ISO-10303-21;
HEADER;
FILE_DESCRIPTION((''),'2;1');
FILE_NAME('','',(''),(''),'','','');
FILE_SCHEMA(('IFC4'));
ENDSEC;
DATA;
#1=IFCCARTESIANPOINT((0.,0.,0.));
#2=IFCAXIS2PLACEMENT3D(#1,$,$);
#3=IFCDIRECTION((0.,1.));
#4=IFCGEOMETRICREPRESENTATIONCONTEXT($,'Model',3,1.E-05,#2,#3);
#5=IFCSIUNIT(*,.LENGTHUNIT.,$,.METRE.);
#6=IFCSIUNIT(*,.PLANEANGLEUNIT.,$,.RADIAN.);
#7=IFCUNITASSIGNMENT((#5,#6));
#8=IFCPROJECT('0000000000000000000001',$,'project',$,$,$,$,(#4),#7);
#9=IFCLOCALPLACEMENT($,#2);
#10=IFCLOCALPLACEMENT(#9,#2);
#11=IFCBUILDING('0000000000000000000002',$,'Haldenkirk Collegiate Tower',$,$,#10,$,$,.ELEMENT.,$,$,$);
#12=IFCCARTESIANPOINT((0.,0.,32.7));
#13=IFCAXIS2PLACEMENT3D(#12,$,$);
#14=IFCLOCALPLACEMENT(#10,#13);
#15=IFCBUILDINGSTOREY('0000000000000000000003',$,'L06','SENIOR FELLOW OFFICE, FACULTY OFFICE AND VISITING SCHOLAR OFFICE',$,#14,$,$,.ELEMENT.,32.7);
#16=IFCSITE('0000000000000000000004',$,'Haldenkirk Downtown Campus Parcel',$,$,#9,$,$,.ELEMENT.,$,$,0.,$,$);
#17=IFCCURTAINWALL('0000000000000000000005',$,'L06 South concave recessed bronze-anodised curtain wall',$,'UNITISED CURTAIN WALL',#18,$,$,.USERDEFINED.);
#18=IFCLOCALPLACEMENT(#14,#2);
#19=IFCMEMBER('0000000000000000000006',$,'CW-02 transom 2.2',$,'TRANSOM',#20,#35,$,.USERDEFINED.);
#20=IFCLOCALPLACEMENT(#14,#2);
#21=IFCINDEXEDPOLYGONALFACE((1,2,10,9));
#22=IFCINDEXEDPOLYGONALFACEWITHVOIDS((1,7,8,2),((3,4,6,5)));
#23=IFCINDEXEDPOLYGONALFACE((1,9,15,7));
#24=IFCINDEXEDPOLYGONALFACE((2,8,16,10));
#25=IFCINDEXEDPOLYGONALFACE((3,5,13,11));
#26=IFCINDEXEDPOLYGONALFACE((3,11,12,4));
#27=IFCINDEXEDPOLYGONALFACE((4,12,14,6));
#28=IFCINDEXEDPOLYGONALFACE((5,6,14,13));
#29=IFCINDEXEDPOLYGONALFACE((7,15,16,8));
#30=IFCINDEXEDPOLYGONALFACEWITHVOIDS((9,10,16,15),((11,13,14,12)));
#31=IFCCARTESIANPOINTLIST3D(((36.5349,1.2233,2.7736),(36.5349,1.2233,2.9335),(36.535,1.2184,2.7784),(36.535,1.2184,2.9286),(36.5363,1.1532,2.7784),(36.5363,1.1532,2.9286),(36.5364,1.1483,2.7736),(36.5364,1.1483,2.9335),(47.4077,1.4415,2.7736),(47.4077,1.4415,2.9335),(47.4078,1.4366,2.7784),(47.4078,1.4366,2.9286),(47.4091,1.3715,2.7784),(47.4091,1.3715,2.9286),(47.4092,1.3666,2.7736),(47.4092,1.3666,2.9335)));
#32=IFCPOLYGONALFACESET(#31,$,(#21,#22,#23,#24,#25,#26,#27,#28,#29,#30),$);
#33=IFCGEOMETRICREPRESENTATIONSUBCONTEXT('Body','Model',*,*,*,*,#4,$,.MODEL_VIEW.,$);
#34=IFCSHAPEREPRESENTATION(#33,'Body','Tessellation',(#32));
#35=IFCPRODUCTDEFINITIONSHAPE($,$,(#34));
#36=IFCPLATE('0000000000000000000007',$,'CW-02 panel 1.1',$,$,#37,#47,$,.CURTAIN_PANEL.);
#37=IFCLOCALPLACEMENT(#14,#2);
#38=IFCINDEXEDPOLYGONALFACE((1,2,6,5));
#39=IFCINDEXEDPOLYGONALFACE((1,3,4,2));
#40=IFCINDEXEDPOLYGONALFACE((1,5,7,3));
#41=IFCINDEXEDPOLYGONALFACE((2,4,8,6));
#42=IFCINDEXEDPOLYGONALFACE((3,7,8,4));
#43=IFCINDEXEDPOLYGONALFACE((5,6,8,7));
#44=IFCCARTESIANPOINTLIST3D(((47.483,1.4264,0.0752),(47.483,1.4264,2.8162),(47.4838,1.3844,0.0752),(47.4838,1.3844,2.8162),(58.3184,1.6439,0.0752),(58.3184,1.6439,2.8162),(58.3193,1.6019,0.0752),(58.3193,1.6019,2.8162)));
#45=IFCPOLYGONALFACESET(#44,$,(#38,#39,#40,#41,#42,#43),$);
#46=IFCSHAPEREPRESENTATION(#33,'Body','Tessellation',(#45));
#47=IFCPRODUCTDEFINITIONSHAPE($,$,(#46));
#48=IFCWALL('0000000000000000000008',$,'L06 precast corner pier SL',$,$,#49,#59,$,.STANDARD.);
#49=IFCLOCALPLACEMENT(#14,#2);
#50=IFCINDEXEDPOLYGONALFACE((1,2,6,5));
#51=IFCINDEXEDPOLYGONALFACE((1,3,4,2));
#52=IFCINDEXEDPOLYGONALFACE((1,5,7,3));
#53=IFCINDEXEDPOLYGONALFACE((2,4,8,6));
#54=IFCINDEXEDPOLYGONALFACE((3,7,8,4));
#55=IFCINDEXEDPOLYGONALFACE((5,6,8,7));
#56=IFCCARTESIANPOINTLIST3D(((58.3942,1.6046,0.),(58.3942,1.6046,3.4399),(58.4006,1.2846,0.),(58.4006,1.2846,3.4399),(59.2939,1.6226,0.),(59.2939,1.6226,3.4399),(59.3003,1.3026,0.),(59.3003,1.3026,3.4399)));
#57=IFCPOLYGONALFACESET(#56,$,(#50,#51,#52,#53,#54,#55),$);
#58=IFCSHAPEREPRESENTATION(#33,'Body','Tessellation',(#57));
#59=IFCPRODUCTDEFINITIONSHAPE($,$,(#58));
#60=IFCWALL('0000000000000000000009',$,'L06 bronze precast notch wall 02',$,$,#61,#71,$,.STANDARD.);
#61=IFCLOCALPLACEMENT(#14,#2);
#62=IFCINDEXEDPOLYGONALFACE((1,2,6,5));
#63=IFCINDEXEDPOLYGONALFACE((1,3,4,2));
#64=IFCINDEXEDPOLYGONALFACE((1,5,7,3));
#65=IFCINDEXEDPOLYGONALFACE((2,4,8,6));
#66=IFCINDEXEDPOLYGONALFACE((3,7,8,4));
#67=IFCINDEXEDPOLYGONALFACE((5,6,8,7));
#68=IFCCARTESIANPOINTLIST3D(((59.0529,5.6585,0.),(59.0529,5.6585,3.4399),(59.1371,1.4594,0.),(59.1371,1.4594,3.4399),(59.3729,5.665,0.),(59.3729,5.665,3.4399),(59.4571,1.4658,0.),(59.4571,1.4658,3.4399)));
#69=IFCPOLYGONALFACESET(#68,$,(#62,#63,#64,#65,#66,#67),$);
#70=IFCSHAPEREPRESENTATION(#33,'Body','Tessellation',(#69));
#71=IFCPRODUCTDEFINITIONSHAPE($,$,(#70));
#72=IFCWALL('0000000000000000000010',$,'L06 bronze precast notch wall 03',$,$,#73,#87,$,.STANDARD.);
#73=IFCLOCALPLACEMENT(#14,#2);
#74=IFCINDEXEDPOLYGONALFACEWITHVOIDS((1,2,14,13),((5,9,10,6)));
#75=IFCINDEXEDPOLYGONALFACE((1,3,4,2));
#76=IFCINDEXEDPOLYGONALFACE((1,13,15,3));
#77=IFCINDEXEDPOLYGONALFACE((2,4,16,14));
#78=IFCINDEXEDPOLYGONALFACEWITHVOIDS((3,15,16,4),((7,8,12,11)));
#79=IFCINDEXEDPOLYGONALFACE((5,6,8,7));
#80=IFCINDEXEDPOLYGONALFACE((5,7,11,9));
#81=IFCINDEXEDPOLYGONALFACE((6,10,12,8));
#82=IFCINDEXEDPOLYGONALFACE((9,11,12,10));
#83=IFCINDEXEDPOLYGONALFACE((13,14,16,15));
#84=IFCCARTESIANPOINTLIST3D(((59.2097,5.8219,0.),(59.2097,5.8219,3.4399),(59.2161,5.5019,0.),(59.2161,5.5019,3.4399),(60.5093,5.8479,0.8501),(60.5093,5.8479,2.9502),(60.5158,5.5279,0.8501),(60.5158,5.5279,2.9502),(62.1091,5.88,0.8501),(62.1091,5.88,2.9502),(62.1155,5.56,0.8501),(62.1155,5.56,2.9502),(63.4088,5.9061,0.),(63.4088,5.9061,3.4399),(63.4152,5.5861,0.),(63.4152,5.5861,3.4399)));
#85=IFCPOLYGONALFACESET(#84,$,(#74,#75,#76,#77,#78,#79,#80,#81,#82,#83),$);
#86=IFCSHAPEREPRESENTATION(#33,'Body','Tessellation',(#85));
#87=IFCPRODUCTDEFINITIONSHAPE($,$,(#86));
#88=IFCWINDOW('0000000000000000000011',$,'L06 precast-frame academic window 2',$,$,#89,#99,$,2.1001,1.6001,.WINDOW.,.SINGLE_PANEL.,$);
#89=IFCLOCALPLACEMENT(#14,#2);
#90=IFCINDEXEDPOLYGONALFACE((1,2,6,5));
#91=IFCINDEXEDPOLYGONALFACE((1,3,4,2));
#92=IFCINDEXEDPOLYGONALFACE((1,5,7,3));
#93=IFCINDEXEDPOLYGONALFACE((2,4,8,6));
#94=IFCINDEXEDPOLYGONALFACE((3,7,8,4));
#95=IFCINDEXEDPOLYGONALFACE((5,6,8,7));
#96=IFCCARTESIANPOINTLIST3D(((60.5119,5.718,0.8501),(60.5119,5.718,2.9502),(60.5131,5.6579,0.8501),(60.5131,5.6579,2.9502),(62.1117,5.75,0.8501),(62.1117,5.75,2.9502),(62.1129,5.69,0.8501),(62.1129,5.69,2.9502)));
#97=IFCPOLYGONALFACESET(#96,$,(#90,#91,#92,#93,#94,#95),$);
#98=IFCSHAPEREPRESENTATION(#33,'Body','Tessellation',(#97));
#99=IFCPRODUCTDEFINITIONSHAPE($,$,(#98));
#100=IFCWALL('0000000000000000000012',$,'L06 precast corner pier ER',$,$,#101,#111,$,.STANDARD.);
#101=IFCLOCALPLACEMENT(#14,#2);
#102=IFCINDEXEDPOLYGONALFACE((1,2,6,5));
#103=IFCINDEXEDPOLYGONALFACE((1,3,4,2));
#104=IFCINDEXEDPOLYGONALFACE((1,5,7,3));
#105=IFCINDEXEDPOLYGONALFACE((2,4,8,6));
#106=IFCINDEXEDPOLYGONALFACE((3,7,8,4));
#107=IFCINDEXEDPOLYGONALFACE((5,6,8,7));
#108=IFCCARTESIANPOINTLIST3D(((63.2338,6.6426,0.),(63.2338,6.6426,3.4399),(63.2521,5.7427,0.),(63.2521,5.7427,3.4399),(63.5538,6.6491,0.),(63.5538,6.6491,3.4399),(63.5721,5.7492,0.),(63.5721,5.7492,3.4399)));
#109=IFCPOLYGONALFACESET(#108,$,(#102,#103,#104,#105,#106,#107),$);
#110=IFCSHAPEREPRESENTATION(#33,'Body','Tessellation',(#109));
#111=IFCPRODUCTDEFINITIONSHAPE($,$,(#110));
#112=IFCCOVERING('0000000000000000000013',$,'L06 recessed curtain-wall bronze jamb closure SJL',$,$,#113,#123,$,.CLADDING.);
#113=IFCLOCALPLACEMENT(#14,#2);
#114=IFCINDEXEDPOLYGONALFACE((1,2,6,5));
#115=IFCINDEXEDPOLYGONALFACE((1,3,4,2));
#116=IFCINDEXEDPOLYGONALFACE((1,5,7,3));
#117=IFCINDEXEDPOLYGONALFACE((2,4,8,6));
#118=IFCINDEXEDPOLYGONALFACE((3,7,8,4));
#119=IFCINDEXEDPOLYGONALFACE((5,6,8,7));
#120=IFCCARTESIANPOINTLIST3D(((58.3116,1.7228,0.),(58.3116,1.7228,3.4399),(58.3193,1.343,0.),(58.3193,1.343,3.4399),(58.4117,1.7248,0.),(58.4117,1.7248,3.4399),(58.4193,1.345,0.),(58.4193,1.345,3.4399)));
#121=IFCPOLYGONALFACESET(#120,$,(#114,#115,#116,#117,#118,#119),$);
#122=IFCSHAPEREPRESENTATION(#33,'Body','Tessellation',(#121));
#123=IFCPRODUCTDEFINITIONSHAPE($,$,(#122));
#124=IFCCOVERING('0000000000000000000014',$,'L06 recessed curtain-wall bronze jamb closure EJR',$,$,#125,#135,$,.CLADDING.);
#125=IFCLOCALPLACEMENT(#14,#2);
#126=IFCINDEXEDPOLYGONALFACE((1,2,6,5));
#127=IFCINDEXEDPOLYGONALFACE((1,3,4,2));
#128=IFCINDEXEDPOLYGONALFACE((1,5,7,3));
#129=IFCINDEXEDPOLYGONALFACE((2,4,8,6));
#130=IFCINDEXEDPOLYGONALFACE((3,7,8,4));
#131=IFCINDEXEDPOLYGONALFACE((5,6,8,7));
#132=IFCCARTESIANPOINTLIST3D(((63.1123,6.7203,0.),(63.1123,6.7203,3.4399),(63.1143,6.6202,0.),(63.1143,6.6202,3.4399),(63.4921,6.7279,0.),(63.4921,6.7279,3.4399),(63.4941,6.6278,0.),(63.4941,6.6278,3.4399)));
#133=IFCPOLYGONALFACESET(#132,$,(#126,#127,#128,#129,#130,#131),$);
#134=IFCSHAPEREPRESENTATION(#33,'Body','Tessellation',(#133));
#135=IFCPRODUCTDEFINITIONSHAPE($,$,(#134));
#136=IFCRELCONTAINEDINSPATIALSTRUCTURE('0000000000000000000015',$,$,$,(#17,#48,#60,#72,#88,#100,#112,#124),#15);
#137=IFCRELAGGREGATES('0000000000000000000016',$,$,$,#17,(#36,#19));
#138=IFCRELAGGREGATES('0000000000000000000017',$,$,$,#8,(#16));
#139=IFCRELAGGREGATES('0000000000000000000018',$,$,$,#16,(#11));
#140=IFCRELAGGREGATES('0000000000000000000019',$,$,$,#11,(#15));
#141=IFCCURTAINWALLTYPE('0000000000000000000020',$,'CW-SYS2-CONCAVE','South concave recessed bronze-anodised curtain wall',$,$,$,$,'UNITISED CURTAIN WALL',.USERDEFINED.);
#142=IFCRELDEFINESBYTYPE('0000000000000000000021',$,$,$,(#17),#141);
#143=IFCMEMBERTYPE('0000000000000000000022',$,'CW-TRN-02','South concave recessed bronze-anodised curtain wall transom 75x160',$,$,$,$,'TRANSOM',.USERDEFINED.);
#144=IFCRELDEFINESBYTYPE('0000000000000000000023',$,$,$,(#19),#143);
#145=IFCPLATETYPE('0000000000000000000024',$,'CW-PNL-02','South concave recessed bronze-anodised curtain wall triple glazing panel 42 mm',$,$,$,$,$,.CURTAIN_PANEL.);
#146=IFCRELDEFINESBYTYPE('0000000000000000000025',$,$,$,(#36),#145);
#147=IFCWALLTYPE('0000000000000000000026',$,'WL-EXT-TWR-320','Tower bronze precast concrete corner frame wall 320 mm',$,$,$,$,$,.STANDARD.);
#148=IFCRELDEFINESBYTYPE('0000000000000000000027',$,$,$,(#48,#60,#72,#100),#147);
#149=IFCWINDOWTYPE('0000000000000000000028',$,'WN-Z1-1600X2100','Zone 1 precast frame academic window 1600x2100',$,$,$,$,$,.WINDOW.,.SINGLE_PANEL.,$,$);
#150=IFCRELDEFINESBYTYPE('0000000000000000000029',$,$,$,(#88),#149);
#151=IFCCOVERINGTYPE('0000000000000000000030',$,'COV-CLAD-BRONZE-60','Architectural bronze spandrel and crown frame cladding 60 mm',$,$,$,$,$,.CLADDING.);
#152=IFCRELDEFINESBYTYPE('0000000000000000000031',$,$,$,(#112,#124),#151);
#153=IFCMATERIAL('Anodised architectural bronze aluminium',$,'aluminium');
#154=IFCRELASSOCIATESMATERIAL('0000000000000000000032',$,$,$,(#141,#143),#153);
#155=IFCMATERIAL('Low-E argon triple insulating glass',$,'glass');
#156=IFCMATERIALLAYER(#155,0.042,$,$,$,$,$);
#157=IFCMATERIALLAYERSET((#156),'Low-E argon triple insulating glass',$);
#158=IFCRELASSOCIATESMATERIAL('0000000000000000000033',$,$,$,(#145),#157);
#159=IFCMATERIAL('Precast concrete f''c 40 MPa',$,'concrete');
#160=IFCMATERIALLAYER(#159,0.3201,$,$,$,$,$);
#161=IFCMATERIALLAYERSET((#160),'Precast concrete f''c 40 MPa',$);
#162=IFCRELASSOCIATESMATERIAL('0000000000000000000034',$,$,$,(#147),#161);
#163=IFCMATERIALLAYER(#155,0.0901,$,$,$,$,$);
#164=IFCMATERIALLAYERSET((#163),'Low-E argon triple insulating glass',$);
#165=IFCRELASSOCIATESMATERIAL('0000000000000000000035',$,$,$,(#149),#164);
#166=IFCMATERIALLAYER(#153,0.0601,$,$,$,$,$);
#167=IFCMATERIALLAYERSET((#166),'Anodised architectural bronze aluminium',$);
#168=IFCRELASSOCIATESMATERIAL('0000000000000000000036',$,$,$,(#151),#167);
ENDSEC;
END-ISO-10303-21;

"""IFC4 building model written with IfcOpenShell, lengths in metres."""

from ifc_helpers import new_model, si_unit, direction, frame, frame_2d, origin, origin_2d, place, context, subcontext, project, spatial, rectangle, hollow_rectangle, extrude, source, transform, mapped, material, layer, layer_set, material_profile, profile_set, type_object, element, fill, aggregate, save


model = new_model("IFC4")

# Units and contexts
model_context = context("Model", 3, precision=1e-05, world=origin(), true_north=direction((0.0, 1.0)))
body_context = subcontext(model_context, "Body", "Model", "MODEL_VIEW")
ifc_project = project(units=[si_unit("LENGTHUNIT", "METRE"), si_unit("PLANEANGLEUNIT", "RADIAN")], contexts=[model_context])

# Site, building, storey
site_placement = place(None, origin())
site = spatial("IfcSite", under=ifc_project, at=site_placement, Name="Haldenkirk Downtown Campus Parcel", CompositionType="ELEMENT", RefElevation=0.0)
building_placement = place(site_placement, origin())
building = spatial("IfcBuilding", under=site, at=building_placement, Name="Haldenkirk Collegiate Tower", CompositionType="ELEMENT")
storey_placement = place(building_placement, frame((0.0, 0.0, 32.7)))
storey = spatial("IfcBuildingStorey", under=building, at=storey_placement, Name="L06", Description="SENIOR FELLOW OFFICE, FACULTY OFFICE AND VISITING SCHOLAR OFFICE", CompositionType="ELEMENT", Elevation=32.7)

# Curtain wall
ifc_material_1 = material(Name="Anodised architectural bronze aluminium", Category="aluminium")
curtain_wall_type_1 = type_object("IfcCurtainWallType", Name="CW-SYS2-CONCAVE", Description="South concave recessed bronze-anodised curtain wall", ElementType="UNITISED CURTAIN WALL", PredefinedType="USERDEFINED", material=ifc_material_1)
curtain_wall_1_placement = place(storey_placement, origin())
curtain_wall_1 = element("IfcCurtainWall", 1, at=curtain_wall_1_placement, inside=storey, type_object=curtain_wall_type_1, Name="L06 South concave recessed bronze-anodised curtain wall", ObjectType="UNITISED CURTAIN WALL", PredefinedType="USERDEFINED")

# Member
ifc_material_profile_1 = material_profile(ifc_material_1, hollow_rectangle(XDim=0.075, YDim=0.1599, WallThickness=0.0049, at=origin_2d()), Name="CW-TRN-02")
ifc_profile_set_1 = profile_set([ifc_material_profile_1], Name="Anodised architectural bronze aluminium")
member_type_1 = type_object("IfcMemberType", Name="CW-TRN-02", Description="South concave recessed bronze-anodised curtain wall transom 75x160", ElementType="TRANSOM", PredefinedType="USERDEFINED", material=ifc_profile_set_1)
member_1_placement = place(storey_placement, frame((47.4084, 1.4041, 2.8535), z_axis=(-0.999799, -0.02007, 0.0), x_axis=(0.02007, -0.999799, 0.0)))
member_1 = element("IfcMember", 2, at=member_1_placement, type_object=member_type_1, Name="CW-02 transom 2.2", ObjectType="TRANSOM", PredefinedType="USERDEFINED", context=body_context, shape_type="SweptSolid", body=[
    extrude(hollow_rectangle(XDim=0.075, YDim=0.1599, WallThickness=0.0049, at=origin_2d()), origin(), (0.0, 0.0, 1.0), 10.875),
])

# Plate
ifc_material_2 = material(Name="Low-E argon triple insulating glass", Category="glass")
ifc_layer_1 = layer(ifc_material_2, 0.042)
ifc_layer_set_1 = layer_set([ifc_layer_1], Name="Low-E argon triple insulating glass")
plate_type = type_object("IfcPlateType", Name="CW-PNL-02", Description="South concave recessed bronze-anodised curtain wall triple glazing panel 42 mm", PredefinedType="CURTAIN_PANEL", material=ifc_layer_set_1)
shared_shape_1 = source(origin(), body_context, "Body", "SweptSolid", [
    extrude(rectangle(XDim=10.8376, YDim=0.042, at=origin_2d()), origin(), (0.0, 0.0, 1.0), 2.741),
])
plate_placement = place(storey_placement, frame((52.9011, 1.5142, 0.0752), z_axis=(0.0, 0.0, 1.0), x_axis=(-0.999799, -0.020068, 0.0)))
plate = element("IfcPlate", 3, at=plate_placement, type_object=plate_type, Name="CW-02 panel 1.1", PredefinedType="CURTAIN_PANEL", context=body_context, shape_type="MappedRepresentation", body=[
    mapped(shared_shape_1, transform((0.0, 0.0, 0.0), x_axis=(1.0, 0.0, 0.0), y_axis=(0.0, 1.0, 0.0), z_axis=(0.0, 0.0, 1.0), scale=1.0)),
])
aggregate(curtain_wall_1, [plate, member_1])

# Walls
ifc_material_3 = material(Name="Precast concrete f'c 40 MPa", Category="concrete")
ifc_layer_2 = layer(ifc_material_3, 0.3201)
ifc_layer_set_2 = layer_set([ifc_layer_2], Name="Precast concrete f'c 40 MPa")
wall_type = type_object("IfcWallType", Name="WL-EXT-TWR-320", Description="Tower bronze precast concrete corner frame wall 320 mm", PredefinedType="STANDARD", material=ifc_layer_set_2)
wall_1_placement = place(storey_placement, frame((59.2971, 1.4626, 0.0), z_axis=(0.0, 0.0, 1.0), x_axis=(-0.999798, -0.020077, 0.0)))
element("IfcWall", 4, at=wall_1_placement, inside=storey, type_object=wall_type, Name="L06 precast corner pier SL", PredefinedType="STANDARD", context=body_context, shape_type="SweptSolid", body=[
    extrude(rectangle(XDim=0.8999, YDim=0.3201, at=frame_2d((0.45, 0.0))), origin(), (0.0, 0.0, 1.0), 3.4399),
])
wall_2_placement = place(storey_placement, frame((59.2129, 5.6619, 0.0), z_axis=(0.0, 0.0, 1.0), x_axis=(0.020054, -0.999799, 0.0)))
element("IfcWall", 5, at=wall_2_placement, inside=storey, type_object=wall_type, Name="L06 bronze precast notch wall 02", PredefinedType="STANDARD", context=body_context, shape_type="SweptSolid", body=[
    extrude(rectangle(XDim=4.2, YDim=0.3201, at=frame_2d((2.1001, 0.0))), origin(), (0.0, 0.0, 1.0), 3.4399),
])

# Wall, opening, window
wall_3_placement = place(storey_placement, frame((63.4121, 5.7461, 0.0), z_axis=(0.0, 0.0, 1.0), x_axis=(-0.999799, -0.020054, 0.0)))
wall_3 = element("IfcWall", 6, at=wall_3_placement, inside=storey, type_object=wall_type, Name="L06 bronze precast notch wall 03", PredefinedType="STANDARD", context=body_context, shape_type="SweptSolid", body=[
    extrude(rectangle(XDim=4.2, YDim=0.3201, at=frame_2d((2.1001, 0.0))), origin(), (0.0, 0.0, 1.0), 3.4399),
])
opening_placement = place(wall_3_placement, frame((1.3, 0.0, 0.8501)))
opening = element("IfcOpeningElement", 7, at=opening_placement, cuts=wall_3, PredefinedType="OPENING", context=body_context, shape_type="SweptSolid", body=[
    extrude(rectangle(XDim=1.6001, YDim=2.1001, at=frame_2d((0.8, 1.05))), frame((0.0, 0.1699, 0.0), z_axis=(0.0, -1.0, 0.0), x_axis=(1.0, 0.0, 0.0)), (0.0, 0.0, 1.0), 0.3401),
])
ifc_layer_3 = layer(ifc_material_2, 0.0901)
ifc_layer_set_3 = layer_set([ifc_layer_3], Name="Low-E argon triple insulating glass")
window_type = type_object("IfcWindowType", Name="WN-Z1-1600X2100", Description="Zone 1 precast frame academic window 1600x2100", PartitioningType="SINGLE_PANEL", PredefinedType="WINDOW", material=ifc_layer_set_3)
window_placement = place(opening_placement, origin())
window = element("IfcWindow", 8, at=window_placement, inside=storey, type_object=window_type, Name="L06 precast-frame academic window 2", OverallHeight=2.1001, OverallWidth=1.6001, PartitioningType="SINGLE_PANEL", PredefinedType="WINDOW", context=body_context, shape_type="SweptSolid", body=[
    extrude(rectangle(XDim=1.6001, YDim=2.1001, at=frame_2d((0.8, 1.05))), frame((0.0, 0.03, 0.0), z_axis=(0.0, -1.0, 0.0), x_axis=(1.0, 0.0, 0.0)), (0.0, 0.0, 1.0), 0.0601),
])
fill(opening, window)

# Wall
wall_4_placement = place(storey_placement, frame((63.3938, 6.646, 0.0), z_axis=(0.0, 0.0, 1.0), x_axis=(0.020343, -0.999793, 0.0)))
element("IfcWall", 9, at=wall_4_placement, inside=storey, type_object=wall_type, Name="L06 precast corner pier ER", PredefinedType="STANDARD", context=body_context, shape_type="SweptSolid", body=[
    extrude(rectangle(XDim=0.9001, YDim=0.3201, at=frame_2d((0.4502, 0.0))), origin(), (0.0, 0.0, 1.0), 3.4399),
])

# Coverings
ifc_layer_4 = layer(ifc_material_1, 0.0601)
ifc_layer_set_4 = layer_set([ifc_layer_4], Name="Anodised architectural bronze aluminium")
covering_type = type_object("IfcCoveringType", Name="COV-CLAD-BRONZE-60", Description="Architectural bronze spandrel and crown frame cladding 60 mm", PredefinedType="CLADDING", material=ifc_layer_set_4)
shared_shape_2 = source(origin(), body_context, "Body", "SweptSolid", [
    extrude(rectangle(XDim=0.1001, YDim=0.3799, at=origin_2d()), origin(), (0.0, 0.0, 1.0), 3.4399),
])
for number, where, z_axis, x_axis, name in (
    (10, (58.3655, 1.5339, 0.0), (0.0, 0.0, 1.0), (-0.999799, -0.02007, 0.0), "L06 recessed curtain-wall bronze jamb closure SJL"),
    (11, (63.3032, 6.6741, 0.0), (0.0, 0.0, 1.0), (0.02007, -0.999799, 0.0), "L06 recessed curtain-wall bronze jamb closure EJR"),
):
    element("IfcCovering", number, at=place(storey_placement, frame(where, z_axis=z_axis, x_axis=x_axis)), inside=storey, type_object=covering_type, Name=name, PredefinedType="CLADDING", context=body_context, shape_type="MappedRepresentation", body=[
        mapped(shared_shape_2, transform((0.0, 0.0, 0.0), x_axis=(1.0, 0.0, 0.0), y_axis=(0.0, 1.0, 0.0), z_axis=(0.0, 0.0, 1.0), scale=1.0)),
    ])

save(model, "model.ifc")
